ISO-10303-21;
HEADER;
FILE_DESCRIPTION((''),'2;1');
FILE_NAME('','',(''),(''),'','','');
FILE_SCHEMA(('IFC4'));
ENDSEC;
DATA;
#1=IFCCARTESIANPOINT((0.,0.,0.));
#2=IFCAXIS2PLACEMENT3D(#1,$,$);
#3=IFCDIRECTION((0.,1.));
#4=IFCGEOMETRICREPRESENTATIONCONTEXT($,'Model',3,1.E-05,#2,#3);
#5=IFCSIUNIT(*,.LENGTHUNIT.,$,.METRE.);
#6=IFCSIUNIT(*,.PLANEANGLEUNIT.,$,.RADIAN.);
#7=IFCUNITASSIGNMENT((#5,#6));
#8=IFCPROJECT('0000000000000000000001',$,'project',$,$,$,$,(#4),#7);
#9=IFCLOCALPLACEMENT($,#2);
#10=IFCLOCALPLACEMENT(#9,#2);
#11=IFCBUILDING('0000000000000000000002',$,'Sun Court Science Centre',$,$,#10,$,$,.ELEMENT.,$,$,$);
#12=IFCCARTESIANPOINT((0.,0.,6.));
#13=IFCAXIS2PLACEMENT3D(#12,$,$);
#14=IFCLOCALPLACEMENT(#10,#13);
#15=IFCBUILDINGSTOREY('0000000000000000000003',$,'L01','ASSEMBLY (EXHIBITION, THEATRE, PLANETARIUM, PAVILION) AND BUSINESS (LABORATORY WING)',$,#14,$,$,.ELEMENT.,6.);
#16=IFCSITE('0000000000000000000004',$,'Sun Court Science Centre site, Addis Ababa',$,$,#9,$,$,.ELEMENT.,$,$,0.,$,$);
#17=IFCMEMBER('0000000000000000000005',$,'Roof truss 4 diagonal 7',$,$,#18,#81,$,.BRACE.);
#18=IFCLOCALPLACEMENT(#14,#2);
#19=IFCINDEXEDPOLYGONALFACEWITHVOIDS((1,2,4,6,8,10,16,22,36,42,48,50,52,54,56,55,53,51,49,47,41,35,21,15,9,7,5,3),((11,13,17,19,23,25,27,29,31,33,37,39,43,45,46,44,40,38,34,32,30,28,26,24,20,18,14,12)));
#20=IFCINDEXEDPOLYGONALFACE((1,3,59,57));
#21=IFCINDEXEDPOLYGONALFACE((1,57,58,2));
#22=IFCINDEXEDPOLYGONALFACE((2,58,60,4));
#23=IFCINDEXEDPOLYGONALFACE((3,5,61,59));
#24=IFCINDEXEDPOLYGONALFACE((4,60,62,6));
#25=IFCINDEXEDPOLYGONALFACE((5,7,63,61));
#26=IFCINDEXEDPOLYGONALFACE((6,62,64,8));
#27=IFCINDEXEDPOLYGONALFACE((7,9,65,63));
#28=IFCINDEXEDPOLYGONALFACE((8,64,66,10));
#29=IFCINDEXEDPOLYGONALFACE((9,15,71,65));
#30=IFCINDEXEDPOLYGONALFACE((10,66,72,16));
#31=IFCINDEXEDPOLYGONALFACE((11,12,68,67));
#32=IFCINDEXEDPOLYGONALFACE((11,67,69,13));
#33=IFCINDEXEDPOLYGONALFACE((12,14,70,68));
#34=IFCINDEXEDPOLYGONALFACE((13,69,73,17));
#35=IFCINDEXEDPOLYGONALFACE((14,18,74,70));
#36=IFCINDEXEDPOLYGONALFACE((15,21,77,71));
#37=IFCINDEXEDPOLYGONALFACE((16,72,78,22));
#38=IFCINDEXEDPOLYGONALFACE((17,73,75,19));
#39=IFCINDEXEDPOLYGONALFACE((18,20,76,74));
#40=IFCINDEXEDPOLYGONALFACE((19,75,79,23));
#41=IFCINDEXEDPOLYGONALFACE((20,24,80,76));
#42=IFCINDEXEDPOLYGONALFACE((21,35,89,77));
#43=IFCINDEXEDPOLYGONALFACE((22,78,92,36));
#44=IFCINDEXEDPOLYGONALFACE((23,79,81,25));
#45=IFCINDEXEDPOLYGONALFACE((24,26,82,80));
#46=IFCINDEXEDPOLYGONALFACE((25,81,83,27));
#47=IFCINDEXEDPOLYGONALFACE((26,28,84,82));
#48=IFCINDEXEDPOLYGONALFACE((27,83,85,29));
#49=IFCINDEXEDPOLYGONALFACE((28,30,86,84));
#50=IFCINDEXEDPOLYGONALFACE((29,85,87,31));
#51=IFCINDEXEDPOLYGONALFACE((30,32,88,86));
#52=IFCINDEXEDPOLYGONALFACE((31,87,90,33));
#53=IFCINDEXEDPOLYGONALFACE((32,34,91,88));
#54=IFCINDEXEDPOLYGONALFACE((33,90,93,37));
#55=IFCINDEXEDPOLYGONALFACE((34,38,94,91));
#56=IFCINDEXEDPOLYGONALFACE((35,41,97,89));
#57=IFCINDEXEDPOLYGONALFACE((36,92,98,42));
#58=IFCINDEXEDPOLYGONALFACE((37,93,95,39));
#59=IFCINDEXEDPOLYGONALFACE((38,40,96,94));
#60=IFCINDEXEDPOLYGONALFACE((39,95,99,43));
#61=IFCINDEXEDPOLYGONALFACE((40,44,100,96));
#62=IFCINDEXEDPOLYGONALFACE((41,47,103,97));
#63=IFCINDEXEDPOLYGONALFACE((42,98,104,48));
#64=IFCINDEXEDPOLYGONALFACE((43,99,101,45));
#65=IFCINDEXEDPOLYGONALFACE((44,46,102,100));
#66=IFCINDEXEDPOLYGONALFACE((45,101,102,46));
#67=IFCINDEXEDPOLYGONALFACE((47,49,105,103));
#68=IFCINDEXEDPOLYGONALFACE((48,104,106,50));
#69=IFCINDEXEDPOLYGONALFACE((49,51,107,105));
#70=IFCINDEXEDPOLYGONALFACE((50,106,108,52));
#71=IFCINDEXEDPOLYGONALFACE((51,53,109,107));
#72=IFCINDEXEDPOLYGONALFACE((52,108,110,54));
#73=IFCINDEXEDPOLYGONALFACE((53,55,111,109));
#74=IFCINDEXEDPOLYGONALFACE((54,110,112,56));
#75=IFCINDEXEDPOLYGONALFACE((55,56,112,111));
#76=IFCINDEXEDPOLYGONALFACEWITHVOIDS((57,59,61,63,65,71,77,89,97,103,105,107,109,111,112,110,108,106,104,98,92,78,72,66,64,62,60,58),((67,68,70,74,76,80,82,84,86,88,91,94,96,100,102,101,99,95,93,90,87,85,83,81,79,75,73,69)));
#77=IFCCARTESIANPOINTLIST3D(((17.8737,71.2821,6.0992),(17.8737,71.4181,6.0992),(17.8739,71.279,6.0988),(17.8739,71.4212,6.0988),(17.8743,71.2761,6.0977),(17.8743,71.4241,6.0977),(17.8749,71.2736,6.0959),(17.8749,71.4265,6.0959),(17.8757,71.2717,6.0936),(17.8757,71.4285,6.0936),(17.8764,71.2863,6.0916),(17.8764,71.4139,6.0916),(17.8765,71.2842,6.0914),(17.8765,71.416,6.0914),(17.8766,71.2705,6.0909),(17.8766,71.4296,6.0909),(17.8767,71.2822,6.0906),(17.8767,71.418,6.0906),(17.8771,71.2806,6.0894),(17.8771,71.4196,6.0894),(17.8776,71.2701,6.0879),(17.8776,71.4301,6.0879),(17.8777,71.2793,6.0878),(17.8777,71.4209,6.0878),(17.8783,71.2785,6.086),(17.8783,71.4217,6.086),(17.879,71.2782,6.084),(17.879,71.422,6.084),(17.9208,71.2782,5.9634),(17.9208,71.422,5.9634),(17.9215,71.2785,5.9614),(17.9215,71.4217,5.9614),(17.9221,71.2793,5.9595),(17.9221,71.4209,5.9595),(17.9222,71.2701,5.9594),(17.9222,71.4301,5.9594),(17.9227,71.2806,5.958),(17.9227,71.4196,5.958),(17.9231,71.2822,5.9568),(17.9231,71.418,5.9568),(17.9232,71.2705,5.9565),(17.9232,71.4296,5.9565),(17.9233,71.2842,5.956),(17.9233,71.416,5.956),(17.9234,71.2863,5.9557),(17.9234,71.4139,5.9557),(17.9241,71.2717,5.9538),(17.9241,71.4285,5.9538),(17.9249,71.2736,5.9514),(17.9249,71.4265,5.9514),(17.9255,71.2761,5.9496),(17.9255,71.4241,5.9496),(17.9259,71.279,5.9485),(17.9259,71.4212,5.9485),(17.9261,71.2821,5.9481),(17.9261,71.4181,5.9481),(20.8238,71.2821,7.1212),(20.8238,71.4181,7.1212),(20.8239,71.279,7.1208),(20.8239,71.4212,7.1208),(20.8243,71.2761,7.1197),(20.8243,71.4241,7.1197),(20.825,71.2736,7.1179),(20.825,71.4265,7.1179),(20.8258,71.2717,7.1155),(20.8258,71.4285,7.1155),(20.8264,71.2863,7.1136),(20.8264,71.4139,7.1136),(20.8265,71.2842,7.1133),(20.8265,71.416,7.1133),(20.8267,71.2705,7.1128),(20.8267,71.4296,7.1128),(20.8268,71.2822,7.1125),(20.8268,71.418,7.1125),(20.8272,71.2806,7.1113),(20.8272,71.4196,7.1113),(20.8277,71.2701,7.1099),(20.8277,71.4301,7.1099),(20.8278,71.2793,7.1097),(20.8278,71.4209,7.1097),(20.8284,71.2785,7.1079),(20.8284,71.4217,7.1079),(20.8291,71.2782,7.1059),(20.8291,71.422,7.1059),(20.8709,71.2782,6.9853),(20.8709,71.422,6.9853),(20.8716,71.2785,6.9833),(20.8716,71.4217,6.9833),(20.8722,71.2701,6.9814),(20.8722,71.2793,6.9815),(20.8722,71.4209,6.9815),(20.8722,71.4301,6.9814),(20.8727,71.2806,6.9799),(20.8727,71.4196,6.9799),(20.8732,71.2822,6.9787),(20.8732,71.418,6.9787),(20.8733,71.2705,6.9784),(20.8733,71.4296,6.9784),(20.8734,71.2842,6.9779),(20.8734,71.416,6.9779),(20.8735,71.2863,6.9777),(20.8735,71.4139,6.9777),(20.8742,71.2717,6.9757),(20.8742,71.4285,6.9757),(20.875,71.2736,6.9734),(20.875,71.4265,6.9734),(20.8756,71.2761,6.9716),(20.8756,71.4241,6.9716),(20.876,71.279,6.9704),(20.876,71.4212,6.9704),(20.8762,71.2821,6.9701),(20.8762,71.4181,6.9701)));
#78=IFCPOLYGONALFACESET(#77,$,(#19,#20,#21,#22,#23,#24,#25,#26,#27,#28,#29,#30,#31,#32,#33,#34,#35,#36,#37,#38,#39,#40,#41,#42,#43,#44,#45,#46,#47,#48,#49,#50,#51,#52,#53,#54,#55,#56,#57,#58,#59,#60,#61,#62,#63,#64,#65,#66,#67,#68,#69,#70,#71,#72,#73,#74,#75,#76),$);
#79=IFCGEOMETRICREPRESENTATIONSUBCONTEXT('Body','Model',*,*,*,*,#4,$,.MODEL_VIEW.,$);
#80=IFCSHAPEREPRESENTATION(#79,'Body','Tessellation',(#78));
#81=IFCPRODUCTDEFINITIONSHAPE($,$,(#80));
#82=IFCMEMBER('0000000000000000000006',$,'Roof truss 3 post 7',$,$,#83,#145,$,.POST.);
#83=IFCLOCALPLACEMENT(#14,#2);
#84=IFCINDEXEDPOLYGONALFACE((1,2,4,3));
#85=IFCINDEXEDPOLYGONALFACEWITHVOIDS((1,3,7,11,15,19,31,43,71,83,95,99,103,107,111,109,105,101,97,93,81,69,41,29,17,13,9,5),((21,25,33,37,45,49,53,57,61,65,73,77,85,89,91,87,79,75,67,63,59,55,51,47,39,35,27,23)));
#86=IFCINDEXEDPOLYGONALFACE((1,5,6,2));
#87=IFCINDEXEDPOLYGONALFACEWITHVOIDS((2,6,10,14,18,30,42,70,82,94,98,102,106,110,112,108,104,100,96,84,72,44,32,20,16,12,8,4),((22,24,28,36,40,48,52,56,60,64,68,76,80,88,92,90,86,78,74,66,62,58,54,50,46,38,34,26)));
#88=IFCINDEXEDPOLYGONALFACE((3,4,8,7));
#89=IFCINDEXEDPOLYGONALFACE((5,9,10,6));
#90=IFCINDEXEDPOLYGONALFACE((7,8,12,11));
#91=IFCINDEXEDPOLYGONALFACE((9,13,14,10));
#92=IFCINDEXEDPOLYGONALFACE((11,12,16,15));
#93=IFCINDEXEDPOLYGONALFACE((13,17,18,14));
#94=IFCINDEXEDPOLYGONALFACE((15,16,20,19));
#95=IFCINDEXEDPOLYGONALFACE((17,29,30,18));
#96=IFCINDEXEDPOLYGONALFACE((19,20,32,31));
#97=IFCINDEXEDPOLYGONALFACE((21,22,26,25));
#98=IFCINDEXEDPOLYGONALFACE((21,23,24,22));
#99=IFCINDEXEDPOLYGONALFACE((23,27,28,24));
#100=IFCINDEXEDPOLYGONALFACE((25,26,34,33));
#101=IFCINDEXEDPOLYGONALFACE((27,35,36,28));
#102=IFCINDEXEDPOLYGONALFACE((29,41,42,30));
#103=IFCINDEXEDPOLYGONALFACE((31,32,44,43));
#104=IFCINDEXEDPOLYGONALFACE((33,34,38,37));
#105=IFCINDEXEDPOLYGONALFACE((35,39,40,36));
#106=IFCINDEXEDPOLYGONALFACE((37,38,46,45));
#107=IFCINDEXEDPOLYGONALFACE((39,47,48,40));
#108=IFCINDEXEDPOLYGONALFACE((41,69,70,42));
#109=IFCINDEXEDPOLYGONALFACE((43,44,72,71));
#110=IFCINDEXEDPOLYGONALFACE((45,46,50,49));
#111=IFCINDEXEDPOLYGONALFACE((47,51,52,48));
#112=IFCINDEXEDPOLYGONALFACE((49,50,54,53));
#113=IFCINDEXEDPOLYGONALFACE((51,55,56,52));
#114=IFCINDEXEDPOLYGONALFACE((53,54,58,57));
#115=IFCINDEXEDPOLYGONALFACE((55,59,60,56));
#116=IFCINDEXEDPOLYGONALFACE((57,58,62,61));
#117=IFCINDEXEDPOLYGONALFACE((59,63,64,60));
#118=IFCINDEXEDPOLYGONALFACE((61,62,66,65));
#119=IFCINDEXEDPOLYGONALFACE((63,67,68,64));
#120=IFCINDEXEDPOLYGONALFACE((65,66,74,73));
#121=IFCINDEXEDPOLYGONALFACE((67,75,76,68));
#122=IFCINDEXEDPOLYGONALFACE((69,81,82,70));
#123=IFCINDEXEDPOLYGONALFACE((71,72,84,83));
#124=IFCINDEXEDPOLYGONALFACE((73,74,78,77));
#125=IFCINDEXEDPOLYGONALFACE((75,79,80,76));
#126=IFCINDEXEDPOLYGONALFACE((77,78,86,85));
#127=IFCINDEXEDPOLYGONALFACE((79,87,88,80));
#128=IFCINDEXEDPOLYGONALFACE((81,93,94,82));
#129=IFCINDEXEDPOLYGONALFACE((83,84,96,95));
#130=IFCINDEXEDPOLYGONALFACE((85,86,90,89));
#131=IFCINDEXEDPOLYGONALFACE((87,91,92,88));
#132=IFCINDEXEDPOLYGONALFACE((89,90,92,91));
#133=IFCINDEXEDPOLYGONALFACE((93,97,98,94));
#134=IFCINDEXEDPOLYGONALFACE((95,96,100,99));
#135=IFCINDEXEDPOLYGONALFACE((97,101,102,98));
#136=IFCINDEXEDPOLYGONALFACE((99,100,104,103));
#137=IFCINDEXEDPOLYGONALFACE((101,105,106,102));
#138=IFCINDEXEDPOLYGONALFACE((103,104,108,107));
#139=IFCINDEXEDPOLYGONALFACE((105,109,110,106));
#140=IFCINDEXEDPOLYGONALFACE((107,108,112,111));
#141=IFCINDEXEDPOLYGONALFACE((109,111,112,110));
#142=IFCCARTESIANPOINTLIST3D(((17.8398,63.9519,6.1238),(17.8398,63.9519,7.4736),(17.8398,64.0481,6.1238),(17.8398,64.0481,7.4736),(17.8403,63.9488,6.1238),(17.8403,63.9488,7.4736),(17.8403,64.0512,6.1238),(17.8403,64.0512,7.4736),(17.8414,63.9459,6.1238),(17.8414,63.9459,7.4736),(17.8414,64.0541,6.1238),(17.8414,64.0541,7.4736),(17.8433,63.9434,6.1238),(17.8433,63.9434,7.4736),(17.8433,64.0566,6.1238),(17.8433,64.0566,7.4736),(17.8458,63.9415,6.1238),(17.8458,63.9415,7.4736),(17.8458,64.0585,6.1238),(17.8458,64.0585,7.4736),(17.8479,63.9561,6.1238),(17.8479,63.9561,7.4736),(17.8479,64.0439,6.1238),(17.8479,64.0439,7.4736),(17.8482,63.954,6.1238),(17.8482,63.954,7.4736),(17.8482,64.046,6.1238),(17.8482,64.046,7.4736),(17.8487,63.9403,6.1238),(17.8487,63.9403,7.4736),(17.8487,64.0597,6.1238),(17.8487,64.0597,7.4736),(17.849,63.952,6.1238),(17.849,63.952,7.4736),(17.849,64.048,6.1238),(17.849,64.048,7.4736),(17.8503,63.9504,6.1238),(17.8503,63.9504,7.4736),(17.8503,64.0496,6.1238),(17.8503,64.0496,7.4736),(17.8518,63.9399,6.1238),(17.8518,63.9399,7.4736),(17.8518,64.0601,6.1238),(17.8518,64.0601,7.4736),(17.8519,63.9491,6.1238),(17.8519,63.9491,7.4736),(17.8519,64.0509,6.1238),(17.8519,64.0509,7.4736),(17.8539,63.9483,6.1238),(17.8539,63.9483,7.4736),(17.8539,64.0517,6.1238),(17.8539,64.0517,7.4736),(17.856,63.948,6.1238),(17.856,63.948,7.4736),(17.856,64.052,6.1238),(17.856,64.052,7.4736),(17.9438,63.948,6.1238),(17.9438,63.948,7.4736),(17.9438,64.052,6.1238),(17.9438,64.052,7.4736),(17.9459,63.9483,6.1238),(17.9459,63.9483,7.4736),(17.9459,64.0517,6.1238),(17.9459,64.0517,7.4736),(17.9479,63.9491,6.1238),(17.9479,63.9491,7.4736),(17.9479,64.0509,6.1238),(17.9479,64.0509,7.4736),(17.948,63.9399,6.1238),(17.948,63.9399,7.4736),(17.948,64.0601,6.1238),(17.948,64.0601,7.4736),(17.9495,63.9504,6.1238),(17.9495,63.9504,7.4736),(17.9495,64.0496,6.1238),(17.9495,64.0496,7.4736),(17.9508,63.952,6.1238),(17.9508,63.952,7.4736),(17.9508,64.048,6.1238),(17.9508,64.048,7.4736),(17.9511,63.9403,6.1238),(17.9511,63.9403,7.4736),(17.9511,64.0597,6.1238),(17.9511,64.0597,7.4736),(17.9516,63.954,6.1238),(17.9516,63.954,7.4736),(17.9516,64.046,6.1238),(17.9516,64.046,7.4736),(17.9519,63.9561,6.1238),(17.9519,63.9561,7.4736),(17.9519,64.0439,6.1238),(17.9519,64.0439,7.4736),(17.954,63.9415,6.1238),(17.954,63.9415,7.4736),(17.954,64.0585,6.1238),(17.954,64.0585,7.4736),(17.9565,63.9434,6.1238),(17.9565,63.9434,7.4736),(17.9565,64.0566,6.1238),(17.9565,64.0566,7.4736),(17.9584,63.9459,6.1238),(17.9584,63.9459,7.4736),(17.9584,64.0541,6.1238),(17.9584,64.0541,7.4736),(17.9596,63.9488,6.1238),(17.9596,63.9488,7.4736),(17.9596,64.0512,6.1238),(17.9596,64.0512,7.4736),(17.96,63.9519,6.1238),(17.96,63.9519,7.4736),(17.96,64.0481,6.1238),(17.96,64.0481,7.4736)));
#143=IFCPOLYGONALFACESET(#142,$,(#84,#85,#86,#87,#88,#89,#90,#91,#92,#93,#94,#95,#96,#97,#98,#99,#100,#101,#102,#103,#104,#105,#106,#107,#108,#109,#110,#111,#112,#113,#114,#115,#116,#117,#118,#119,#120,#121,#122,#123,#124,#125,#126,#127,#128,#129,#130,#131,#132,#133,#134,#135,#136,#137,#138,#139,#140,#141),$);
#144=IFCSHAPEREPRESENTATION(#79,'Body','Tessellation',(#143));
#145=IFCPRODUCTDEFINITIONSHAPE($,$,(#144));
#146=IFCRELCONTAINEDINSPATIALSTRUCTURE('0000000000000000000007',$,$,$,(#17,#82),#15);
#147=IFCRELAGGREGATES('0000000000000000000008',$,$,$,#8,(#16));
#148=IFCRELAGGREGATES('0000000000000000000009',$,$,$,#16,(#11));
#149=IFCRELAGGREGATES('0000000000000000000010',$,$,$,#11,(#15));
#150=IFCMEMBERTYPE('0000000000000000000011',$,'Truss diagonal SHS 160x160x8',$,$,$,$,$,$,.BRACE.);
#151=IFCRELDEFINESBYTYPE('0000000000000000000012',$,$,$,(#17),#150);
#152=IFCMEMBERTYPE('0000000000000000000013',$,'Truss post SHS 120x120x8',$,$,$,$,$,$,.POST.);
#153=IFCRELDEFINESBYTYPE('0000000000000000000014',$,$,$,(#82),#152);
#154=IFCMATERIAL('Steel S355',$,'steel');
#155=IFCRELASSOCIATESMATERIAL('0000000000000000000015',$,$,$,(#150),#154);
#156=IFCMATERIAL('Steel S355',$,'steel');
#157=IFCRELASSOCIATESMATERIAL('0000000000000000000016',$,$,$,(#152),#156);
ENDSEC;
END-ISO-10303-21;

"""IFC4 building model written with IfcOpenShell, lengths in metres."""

from ifc_helpers import new_model, si_unit, direction, frame, origin, origin_2d, place, context, subcontext, project, spatial, hollow_rectangle, extrude, material, material_profile, profile_set, type_object, element, save


model = new_model("IFC4")

# Units and contexts
model_context = context("Model", 3, precision=1e-05, world=origin(), true_north=direction((0.0, 1.0)))
body_context = subcontext(model_context, "Body", "Model", "MODEL_VIEW")
ifc_project = project(units=[si_unit("LENGTHUNIT", "METRE"), si_unit("PLANEANGLEUNIT", "RADIAN")], contexts=[model_context])

# Site, building, storey
site_placement = place(None, origin())
site = spatial("IfcSite", under=ifc_project, at=site_placement, Name="Sun Court Science Centre site, Addis Ababa", CompositionType="ELEMENT", RefElevation=0.0)
building_placement = place(site_placement, origin())
building = spatial("IfcBuilding", under=site, at=building_placement, Name="Sun Court Science Centre", CompositionType="ELEMENT")
storey_placement = place(building_placement, frame((0.0, 0.0, 6.0)))
storey = spatial("IfcBuildingStorey", under=building, at=storey_placement, Name="L01", Description="ASSEMBLY (EXHIBITION, THEATRE, PLANETARIUM, PAVILION) AND BUSINESS (LABORATORY WING)", CompositionType="ELEMENT", Elevation=6.0)

# Members
ifc_material_1 = material(Name="Steel S355", Category="steel")
ifc_material_profile_1 = material_profile(ifc_material_1, hollow_rectangle(XDim=0.1599, YDim=0.1599, WallThickness=0.0081, InnerFilletRadius=0.0081, OuterFilletRadius=0.012, at=origin_2d()), Name="SHS 160x160x8")
ifc_profile_set_1 = profile_set([ifc_material_profile_1], Name="Steel S355")
member_type_1 = type_object("IfcMemberType", Name="Truss diagonal SHS 160x160x8", PredefinedType="BRACE", material=ifc_profile_set_1)
member_1_placement = place(storey_placement, frame((17.8999, 71.3501, 6.0237), z_axis=(0.944912, 0.0, 0.327325), x_axis=(0.0, 1.0, 0.0)))
element("IfcMember", 1, at=member_1_placement, inside=storey, type_object=member_type_1, Name="Roof truss 4 diagonal 7", PredefinedType="BRACE", context=body_context, shape_type="SweptSolid", body=[
    extrude(hollow_rectangle(XDim=0.1599, YDim=0.1599, WallThickness=0.0081, InnerFilletRadius=0.0081, OuterFilletRadius=0.012, at=origin_2d()), origin(), (0.0, 0.0, 1.0), 3.1221),
])
ifc_material_2 = material(Name="Steel S355", Category="steel")
ifc_material_profile_2 = material_profile(ifc_material_2, hollow_rectangle(XDim=0.1201, YDim=0.1201, WallThickness=0.0081, InnerFilletRadius=0.0081, OuterFilletRadius=0.012, at=origin_2d()), Name="SHS 120x120x8")
ifc_profile_set_2 = profile_set([ifc_material_profile_2], Name="Steel S355")
member_type_2 = type_object("IfcMemberType", Name="Truss post SHS 120x120x8", PredefinedType="POST", material=ifc_profile_set_2)
member_2_placement = place(storey_placement, frame((17.8999, 64.0, 6.1238), z_axis=(0.0, 0.0, 1.0), x_axis=(1.0, 0.0, 0.0)))
element("IfcMember", 2, at=member_2_placement, inside=storey, type_object=member_type_2, Name="Roof truss 3 post 7", PredefinedType="POST", context=body_context, shape_type="SweptSolid", body=[
    extrude(hollow_rectangle(XDim=0.1201, YDim=0.1201, WallThickness=0.0081, InnerFilletRadius=0.0081, OuterFilletRadius=0.012, at=origin_2d()), origin(), (0.0, 0.0, 1.0), 1.3499),
])

save(model, "model.ifc")
